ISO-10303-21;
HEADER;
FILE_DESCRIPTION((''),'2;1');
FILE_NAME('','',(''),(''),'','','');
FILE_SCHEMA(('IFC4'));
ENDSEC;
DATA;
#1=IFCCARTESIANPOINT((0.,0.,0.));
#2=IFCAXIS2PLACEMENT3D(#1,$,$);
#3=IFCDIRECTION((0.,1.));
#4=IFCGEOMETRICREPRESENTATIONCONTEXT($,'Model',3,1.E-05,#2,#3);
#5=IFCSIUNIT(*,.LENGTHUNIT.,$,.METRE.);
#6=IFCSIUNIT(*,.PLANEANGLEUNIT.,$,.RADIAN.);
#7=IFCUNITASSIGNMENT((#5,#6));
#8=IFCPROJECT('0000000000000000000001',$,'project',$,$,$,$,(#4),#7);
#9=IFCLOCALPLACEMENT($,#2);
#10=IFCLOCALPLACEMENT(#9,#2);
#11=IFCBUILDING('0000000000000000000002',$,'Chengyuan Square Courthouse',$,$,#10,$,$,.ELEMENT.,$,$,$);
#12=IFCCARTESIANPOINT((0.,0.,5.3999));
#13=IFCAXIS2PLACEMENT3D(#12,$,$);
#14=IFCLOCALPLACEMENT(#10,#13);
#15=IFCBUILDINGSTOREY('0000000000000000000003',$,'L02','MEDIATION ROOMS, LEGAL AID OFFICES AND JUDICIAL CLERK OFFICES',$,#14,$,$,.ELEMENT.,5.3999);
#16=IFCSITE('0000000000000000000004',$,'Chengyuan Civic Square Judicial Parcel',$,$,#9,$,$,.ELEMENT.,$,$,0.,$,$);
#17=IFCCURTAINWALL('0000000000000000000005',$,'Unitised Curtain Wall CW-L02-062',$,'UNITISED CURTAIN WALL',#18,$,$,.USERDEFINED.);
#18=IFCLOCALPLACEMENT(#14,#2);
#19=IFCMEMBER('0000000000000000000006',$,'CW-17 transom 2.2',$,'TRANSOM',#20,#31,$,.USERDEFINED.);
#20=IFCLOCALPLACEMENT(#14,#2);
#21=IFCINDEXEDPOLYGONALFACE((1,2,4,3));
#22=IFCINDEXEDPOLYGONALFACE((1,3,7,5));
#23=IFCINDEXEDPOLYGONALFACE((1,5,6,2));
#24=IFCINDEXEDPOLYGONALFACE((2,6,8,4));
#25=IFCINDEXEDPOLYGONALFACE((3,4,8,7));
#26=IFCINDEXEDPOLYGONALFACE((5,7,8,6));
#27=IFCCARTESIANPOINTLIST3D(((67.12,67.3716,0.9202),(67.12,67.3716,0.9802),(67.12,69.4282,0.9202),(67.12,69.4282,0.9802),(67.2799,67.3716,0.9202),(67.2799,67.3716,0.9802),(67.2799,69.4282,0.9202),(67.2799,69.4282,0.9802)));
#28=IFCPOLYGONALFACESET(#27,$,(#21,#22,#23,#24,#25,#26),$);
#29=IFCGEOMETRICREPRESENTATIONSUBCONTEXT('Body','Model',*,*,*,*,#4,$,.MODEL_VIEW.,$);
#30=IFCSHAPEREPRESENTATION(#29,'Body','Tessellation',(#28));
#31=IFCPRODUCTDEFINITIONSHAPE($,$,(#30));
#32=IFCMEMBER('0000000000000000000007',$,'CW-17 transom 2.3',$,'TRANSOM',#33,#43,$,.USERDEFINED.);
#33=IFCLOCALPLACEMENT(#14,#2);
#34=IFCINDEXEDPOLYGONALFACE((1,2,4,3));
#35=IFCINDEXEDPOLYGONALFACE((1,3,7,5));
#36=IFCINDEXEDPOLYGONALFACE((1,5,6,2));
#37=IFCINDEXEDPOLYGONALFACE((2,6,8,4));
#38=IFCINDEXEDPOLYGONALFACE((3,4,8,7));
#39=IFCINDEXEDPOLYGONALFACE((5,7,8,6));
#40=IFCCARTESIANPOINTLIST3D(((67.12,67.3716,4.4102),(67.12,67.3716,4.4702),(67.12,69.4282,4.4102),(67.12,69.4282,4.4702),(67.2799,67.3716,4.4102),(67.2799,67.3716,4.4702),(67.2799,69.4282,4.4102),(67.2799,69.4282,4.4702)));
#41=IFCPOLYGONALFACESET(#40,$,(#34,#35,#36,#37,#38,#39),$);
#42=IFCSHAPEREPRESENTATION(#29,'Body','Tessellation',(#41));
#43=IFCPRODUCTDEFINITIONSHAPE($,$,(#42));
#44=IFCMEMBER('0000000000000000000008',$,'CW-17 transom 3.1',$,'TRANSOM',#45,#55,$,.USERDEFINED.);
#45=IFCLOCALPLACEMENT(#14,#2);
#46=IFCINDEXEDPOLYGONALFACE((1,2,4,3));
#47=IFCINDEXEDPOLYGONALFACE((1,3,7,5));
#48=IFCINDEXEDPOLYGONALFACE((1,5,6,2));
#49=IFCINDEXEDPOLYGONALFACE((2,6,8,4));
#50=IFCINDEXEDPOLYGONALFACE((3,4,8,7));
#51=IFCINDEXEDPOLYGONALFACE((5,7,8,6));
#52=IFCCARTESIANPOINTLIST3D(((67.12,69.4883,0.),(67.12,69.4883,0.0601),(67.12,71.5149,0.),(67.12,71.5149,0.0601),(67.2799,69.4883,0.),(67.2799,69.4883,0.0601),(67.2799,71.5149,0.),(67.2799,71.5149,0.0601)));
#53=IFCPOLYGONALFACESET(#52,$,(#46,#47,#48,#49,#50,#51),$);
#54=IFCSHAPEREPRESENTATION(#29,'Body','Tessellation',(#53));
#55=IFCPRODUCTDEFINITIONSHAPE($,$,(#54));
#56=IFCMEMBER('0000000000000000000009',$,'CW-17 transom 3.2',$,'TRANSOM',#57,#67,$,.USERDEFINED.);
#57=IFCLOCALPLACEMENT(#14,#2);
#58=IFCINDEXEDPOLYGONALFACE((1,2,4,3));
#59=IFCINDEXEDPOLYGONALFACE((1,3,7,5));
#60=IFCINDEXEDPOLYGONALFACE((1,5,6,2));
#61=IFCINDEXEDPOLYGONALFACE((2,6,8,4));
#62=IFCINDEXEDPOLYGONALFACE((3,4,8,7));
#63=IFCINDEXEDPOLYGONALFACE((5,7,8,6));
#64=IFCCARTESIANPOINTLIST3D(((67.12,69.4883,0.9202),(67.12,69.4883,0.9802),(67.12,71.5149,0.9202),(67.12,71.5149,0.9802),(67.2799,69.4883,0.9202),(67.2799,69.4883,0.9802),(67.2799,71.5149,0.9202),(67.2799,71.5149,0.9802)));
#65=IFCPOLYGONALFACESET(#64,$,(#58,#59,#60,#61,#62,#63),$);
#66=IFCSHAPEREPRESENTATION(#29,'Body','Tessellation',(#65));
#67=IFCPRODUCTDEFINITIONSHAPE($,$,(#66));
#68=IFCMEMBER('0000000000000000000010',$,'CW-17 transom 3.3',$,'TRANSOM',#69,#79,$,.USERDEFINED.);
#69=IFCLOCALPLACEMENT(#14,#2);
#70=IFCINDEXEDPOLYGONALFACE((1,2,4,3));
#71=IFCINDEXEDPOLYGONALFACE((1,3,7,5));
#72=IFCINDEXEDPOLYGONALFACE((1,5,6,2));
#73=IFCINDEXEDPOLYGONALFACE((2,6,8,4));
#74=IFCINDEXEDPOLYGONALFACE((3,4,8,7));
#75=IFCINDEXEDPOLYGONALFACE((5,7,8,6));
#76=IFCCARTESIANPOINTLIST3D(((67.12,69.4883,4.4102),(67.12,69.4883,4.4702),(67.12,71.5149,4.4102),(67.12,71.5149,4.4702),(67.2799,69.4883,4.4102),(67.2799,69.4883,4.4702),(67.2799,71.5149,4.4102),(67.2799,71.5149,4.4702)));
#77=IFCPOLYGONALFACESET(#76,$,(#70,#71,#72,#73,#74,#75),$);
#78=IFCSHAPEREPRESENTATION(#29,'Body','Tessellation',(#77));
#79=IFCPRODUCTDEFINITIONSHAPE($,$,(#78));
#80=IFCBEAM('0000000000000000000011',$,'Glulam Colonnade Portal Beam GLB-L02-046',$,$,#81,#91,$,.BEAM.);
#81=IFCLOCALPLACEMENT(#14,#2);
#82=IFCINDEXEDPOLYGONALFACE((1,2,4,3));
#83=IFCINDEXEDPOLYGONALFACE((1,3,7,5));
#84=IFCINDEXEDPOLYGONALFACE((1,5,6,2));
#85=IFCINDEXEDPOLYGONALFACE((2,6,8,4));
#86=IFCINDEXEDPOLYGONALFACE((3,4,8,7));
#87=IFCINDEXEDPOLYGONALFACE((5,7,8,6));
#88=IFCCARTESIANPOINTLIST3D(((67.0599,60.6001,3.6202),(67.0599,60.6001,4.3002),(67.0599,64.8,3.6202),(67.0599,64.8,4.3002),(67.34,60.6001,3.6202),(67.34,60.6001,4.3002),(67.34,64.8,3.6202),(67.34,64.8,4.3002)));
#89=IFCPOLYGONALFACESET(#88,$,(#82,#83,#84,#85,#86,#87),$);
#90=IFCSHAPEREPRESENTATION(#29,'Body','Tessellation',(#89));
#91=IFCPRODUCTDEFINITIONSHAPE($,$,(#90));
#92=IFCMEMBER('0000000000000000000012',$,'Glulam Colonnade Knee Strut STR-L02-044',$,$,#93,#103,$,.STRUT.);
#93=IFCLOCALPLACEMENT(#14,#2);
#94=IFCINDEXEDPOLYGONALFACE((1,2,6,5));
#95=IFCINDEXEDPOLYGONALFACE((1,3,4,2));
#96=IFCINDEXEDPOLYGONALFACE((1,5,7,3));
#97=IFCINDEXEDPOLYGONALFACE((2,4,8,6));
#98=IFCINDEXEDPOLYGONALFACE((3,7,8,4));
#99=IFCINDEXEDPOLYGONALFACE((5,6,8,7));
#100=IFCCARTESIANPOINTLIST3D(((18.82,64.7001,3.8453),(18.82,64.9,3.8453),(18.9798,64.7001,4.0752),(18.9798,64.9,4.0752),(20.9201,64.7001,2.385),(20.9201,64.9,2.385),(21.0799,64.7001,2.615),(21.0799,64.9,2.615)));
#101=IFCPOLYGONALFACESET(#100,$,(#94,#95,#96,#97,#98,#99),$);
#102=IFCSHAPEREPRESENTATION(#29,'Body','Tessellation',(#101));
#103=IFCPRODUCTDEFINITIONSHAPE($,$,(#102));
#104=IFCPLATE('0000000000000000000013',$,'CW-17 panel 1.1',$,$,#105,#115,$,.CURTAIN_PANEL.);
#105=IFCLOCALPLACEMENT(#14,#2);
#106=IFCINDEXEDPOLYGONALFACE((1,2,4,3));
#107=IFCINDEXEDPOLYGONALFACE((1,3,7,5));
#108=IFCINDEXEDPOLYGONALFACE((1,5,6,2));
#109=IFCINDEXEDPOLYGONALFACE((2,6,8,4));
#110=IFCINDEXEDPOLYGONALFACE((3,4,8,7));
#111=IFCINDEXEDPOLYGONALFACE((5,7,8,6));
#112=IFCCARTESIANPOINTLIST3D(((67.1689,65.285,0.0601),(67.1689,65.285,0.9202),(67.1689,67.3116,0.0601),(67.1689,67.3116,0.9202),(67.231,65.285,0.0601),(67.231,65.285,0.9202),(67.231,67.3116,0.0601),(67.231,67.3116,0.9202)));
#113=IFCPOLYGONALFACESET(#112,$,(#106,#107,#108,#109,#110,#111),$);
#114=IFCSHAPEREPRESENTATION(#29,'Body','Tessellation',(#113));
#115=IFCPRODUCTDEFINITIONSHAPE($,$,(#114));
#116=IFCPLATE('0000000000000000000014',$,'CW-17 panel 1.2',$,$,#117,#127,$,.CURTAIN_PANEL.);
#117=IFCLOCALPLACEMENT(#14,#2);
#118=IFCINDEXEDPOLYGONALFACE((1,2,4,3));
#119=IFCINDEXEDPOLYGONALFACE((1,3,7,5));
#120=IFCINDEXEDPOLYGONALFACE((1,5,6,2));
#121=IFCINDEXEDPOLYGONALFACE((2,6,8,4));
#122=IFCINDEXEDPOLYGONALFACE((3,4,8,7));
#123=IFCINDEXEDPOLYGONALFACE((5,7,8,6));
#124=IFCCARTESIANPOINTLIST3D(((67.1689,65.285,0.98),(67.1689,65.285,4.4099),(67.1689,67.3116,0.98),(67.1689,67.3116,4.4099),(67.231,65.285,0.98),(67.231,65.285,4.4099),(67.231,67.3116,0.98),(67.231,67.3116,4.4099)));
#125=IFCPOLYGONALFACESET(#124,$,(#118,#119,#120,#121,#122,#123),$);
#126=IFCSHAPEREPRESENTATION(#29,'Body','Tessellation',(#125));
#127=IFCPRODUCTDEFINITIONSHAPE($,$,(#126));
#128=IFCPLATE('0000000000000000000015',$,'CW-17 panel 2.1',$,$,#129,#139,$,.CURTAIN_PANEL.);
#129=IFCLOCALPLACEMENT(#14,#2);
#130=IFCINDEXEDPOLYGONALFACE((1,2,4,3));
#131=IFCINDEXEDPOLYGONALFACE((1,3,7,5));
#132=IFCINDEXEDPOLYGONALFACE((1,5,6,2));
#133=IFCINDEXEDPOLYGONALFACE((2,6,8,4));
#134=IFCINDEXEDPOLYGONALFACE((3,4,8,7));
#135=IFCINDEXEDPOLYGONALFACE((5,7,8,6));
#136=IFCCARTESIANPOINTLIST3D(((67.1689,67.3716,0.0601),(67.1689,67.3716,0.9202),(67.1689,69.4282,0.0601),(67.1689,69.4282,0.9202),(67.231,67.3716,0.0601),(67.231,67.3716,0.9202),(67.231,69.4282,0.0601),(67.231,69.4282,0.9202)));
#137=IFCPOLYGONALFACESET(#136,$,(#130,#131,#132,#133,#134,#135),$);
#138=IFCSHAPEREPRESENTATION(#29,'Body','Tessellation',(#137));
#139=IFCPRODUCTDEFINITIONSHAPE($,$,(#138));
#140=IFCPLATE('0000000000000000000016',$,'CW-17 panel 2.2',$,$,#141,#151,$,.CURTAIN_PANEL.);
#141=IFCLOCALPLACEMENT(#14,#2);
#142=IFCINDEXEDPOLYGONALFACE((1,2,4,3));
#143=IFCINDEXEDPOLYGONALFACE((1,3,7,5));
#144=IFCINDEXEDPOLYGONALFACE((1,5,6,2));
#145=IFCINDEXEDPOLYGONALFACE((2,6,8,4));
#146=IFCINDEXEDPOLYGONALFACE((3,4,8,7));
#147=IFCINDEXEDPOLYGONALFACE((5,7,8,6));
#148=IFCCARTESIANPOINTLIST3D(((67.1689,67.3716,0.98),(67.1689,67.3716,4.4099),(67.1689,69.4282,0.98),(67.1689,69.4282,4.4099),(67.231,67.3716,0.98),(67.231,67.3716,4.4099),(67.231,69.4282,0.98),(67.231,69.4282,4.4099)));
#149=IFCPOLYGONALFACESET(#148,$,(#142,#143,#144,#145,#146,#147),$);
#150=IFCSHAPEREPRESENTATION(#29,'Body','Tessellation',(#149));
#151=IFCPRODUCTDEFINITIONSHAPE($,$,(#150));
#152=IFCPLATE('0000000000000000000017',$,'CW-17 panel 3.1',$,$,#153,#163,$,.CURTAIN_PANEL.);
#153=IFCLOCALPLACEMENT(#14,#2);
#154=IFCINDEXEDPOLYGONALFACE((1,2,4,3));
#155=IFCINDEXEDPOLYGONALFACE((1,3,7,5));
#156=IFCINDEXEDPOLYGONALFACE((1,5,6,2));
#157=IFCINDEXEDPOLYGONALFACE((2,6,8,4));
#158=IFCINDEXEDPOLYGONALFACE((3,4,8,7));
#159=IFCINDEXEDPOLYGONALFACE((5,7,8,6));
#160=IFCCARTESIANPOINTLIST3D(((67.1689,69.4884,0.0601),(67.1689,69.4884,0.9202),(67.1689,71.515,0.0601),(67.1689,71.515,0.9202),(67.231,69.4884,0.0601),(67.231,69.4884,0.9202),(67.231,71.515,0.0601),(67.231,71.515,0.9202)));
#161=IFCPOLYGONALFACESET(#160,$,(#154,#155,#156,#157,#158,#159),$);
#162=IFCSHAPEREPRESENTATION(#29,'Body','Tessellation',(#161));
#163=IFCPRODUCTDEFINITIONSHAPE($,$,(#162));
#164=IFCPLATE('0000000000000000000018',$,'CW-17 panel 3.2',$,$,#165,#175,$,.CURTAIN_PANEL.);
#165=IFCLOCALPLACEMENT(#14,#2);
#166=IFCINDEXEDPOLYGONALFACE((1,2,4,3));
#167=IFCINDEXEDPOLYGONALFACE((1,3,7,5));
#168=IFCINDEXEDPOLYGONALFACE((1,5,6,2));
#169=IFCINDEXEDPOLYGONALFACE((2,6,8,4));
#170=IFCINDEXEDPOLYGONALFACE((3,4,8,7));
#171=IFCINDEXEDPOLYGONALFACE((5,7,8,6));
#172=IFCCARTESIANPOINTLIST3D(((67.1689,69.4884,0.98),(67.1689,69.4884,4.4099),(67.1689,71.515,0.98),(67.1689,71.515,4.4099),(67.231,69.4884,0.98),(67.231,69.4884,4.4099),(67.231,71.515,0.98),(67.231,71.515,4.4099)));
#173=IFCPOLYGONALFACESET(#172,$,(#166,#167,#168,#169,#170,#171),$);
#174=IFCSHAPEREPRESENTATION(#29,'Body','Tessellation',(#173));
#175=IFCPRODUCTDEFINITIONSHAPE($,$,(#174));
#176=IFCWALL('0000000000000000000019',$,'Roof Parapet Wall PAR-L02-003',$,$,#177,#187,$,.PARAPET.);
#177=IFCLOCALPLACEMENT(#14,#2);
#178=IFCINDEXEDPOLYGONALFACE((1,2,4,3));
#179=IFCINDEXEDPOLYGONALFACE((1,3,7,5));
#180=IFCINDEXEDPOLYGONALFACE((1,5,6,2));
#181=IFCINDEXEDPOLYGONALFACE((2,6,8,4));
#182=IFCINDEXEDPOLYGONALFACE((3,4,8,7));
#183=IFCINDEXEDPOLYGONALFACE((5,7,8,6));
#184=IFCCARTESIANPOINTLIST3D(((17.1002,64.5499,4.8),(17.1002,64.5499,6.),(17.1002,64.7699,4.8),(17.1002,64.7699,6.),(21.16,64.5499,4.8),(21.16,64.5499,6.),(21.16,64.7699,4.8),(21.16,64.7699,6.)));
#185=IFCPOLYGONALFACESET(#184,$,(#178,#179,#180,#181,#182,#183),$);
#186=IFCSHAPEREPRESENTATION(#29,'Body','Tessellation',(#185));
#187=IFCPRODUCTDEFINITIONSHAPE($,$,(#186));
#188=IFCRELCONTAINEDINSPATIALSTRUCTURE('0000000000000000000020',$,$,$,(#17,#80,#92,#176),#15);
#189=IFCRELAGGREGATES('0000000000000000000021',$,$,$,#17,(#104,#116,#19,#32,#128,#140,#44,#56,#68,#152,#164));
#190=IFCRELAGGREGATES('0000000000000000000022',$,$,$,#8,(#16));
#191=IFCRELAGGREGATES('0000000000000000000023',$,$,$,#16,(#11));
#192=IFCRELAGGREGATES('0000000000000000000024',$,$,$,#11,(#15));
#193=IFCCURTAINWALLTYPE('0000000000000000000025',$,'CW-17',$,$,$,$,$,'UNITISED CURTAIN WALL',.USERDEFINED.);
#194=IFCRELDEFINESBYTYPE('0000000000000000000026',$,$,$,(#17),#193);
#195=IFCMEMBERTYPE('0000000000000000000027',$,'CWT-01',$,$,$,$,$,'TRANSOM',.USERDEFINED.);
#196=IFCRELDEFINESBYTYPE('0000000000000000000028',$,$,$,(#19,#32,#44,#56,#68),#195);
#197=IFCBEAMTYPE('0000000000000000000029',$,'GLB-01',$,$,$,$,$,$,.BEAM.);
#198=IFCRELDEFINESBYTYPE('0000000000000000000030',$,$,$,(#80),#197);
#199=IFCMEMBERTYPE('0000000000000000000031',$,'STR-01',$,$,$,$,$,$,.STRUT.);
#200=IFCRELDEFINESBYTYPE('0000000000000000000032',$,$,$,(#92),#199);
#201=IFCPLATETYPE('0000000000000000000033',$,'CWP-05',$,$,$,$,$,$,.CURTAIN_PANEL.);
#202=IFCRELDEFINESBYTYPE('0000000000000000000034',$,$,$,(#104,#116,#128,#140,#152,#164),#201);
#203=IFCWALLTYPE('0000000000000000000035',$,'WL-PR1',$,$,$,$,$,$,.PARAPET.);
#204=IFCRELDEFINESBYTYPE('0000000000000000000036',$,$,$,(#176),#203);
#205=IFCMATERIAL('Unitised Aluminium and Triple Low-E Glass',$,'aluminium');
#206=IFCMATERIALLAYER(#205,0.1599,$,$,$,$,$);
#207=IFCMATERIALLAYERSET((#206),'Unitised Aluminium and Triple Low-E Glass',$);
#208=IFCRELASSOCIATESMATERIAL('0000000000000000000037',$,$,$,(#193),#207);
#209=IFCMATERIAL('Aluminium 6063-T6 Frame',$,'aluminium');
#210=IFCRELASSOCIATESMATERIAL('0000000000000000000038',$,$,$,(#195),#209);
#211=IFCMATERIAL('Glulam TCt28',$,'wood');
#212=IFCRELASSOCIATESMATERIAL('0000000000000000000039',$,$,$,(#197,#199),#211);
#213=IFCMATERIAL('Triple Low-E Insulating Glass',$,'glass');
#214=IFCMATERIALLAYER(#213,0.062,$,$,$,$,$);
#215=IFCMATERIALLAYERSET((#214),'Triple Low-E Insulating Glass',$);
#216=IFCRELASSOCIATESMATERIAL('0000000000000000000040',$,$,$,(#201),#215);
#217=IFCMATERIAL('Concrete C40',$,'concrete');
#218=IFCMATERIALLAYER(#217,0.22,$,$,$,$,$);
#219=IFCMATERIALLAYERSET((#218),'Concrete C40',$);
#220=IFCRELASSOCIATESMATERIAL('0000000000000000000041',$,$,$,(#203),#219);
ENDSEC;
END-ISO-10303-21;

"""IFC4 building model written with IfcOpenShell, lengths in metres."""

from ifc_helpers import new_model, si_unit, direction, frame, frame_2d, origin, origin_2d, place, context, subcontext, project, spatial, rectangle, extrude, material, layer, layer_set, material_profile, profile_set, type_object, element, aggregate, save


model = new_model("IFC4")

# Units and contexts
model_context = context("Model", 3, precision=1e-05, world=origin(), true_north=direction((0.0, 1.0)))
body_context = subcontext(model_context, "Body", "Model", "MODEL_VIEW")
ifc_project = project(units=[si_unit("LENGTHUNIT", "METRE"), si_unit("PLANEANGLEUNIT", "RADIAN")], contexts=[model_context])

# Site, building, storey
site_placement = place(None, origin())
site = spatial("IfcSite", under=ifc_project, at=site_placement, Name="Chengyuan Civic Square Judicial Parcel", CompositionType="ELEMENT", RefElevation=0.0)
building_placement = place(site_placement, origin())
building = spatial("IfcBuilding", under=site, at=building_placement, Name="Chengyuan Square Courthouse", CompositionType="ELEMENT")
storey_placement = place(building_placement, frame((0.0, 0.0, 5.3999)))
storey = spatial("IfcBuildingStorey", under=building, at=storey_placement, Name="L02", Description="MEDIATION ROOMS, LEGAL AID OFFICES AND JUDICIAL CLERK OFFICES", CompositionType="ELEMENT", Elevation=5.3999)

# Shared definitions
ifc_material_1 = material(Name="Glulam TCt28", Category="wood")

# Shared definitions
ifc_material_2 = material(Name="Concrete C40", Category="concrete")

# Shared definitions
ifc_material_3 = material(Name="Unitised Aluminium and Triple Low-E Glass", Category="aluminium")
ifc_layer_1 = layer(ifc_material_3, 0.1599)
ifc_layer_set_1 = layer_set([ifc_layer_1], Name="Unitised Aluminium and Triple Low-E Glass")
curtain_wall_type = type_object("IfcCurtainWallType", Name="CW-17", ElementType="UNITISED CURTAIN WALL", PredefinedType="USERDEFINED", material=ifc_layer_set_1)
ifc_material_4 = material(Name="Aluminium 6063-T6 Frame", Category="aluminium")

# Curtain wall, members
curtain_wall_1_placement = place(storey_placement, origin())
curtain_wall_1 = element("IfcCurtainWall", 1, at=curtain_wall_1_placement, inside=storey, type_object=curtain_wall_type, Name="Unitised Curtain Wall CW-L02-062", ObjectType="UNITISED CURTAIN WALL", PredefinedType="USERDEFINED")
ifc_material_profile_1 = material_profile(ifc_material_4, rectangle(XDim=0.1599, YDim=0.0601, at=origin_2d()), Name="CW-TRN-60x120")
ifc_profile_set_1 = profile_set([ifc_material_profile_1], Name="Aluminium 6063-T6 Frame")
member_type_1 = type_object("IfcMemberType", Name="CWT-01", ElementType="TRANSOM", PredefinedType="USERDEFINED", material=ifc_profile_set_1)
member_1_placement = place(storey_placement, frame((67.2, 67.3716, 0.9502), z_axis=(0.0, 1.0, 0.0), x_axis=(-1.0, 0.0, 0.0)))
member_1 = element("IfcMember", 2, at=member_1_placement, type_object=member_type_1, Name="CW-17 transom 2.2", ObjectType="TRANSOM", PredefinedType="USERDEFINED", context=body_context, shape_type="SweptSolid", body=[
    extrude(rectangle(XDim=0.1599, YDim=0.0601, at=origin_2d()), origin(), (0.0, 0.0, 1.0), 2.0566),
])
member_2_placement = place(storey_placement, frame((67.2, 67.3716, 4.4402), z_axis=(0.0, 1.0, 0.0), x_axis=(-1.0, 0.0, 0.0)))
member_2 = element("IfcMember", 3, at=member_2_placement, type_object=member_type_1, Name="CW-17 transom 2.3", ObjectType="TRANSOM", PredefinedType="USERDEFINED", context=body_context, shape_type="SweptSolid", body=[
    extrude(rectangle(XDim=0.1599, YDim=0.0601, at=origin_2d()), origin(), (0.0, 0.0, 1.0), 2.0566),
])
member_3_placement = place(storey_placement, frame((67.2, 69.4883, 0.03), z_axis=(0.0, 1.0, 0.0), x_axis=(-1.0, 0.0, 0.0)))
member_3 = element("IfcMember", 4, at=member_3_placement, type_object=member_type_1, Name="CW-17 transom 3.1", ObjectType="TRANSOM", PredefinedType="USERDEFINED", context=body_context, shape_type="SweptSolid", body=[
    extrude(rectangle(XDim=0.1599, YDim=0.0601, at=origin_2d()), origin(), (0.0, 0.0, 1.0), 2.0266),
])
member_4_placement = place(storey_placement, frame((67.2, 69.4883, 0.9502), z_axis=(0.0, 1.0, 0.0), x_axis=(-1.0, 0.0, 0.0)))
member_4 = element("IfcMember", 5, at=member_4_placement, type_object=member_type_1, Name="CW-17 transom 3.2", ObjectType="TRANSOM", PredefinedType="USERDEFINED", context=body_context, shape_type="SweptSolid", body=[
    extrude(rectangle(XDim=0.1599, YDim=0.0601, at=origin_2d()), origin(), (0.0, 0.0, 1.0), 2.0266),
])
member_5_placement = place(storey_placement, frame((67.2, 69.4883, 4.4402), z_axis=(0.0, 1.0, 0.0), x_axis=(-1.0, 0.0, 0.0)))
member_5 = element("IfcMember", 6, at=member_5_placement, type_object=member_type_1, Name="CW-17 transom 3.3", ObjectType="TRANSOM", PredefinedType="USERDEFINED", context=body_context, shape_type="SweptSolid", body=[
    extrude(rectangle(XDim=0.1599, YDim=0.0601, at=origin_2d()), origin(), (0.0, 0.0, 1.0), 2.0266),
])

# Beam
ifc_material_profile_2 = material_profile(ifc_material_1, rectangle(XDim=0.28, YDim=0.6799, at=origin_2d()), Name="GL-BM-280x680")
ifc_profile_set_2 = profile_set([ifc_material_profile_2], Name="Glulam TCt28")
beam_type_1 = type_object("IfcBeamType", Name="GLB-01", PredefinedType="BEAM", material=ifc_profile_set_2)
beam_1_placement = place(storey_placement, frame((67.2, 64.8, 3.9602), z_axis=(0.0, -1.0, 0.0), x_axis=(1.0, 0.0, 0.0)))
element("IfcBeam", 7, at=beam_1_placement, inside=storey, type_object=beam_type_1, Name="Glulam Colonnade Portal Beam GLB-L02-046", PredefinedType="BEAM", context=body_context, shape_type="SweptSolid", body=[
    extrude(rectangle(XDim=0.28, YDim=0.6799, at=origin_2d()), origin(), (0.0, 0.0, 1.0), 4.2),
])

# Member
ifc_material_profile_3 = material_profile(ifc_material_1, rectangle(XDim=0.2, YDim=0.28, at=origin_2d()), Name="GL-STR-200x280")
ifc_profile_set_3 = profile_set([ifc_material_profile_3], Name="Glulam TCt28")
member_type_2 = type_object("IfcMemberType", Name="STR-01", PredefinedType="STRUT", material=ifc_profile_set_3)
member_6_placement = place(storey_placement, frame((21.0, 64.8, 2.5), z_axis=(-0.821039, 0.0, 0.570872), x_axis=(0.0, -1.0, 0.0)))
element("IfcMember", 8, at=member_6_placement, inside=storey, type_object=member_type_2, Name="Glulam Colonnade Knee Strut STR-L02-044", PredefinedType="STRUT", context=body_context, shape_type="SweptSolid", body=[
    extrude(rectangle(XDim=0.2, YDim=0.28, at=origin_2d()), origin(), (0.0, 0.0, 1.0), 2.5579),
])

# Plates
ifc_material_5 = material(Name="Triple Low-E Insulating Glass", Category="glass")
ifc_layer_2 = layer(ifc_material_5, 0.062)
ifc_layer_set_2 = layer_set([ifc_layer_2], Name="Triple Low-E Insulating Glass")
plate_type = type_object("IfcPlateType", Name="CWP-05", PredefinedType="CURTAIN_PANEL", material=ifc_layer_set_2)
plate_1_placement = place(storey_placement, frame((67.2, 66.2983, 0.0601), z_axis=(0.0, 0.0, 1.0), x_axis=(0.0, 1.0, 0.0)))
plate_1 = element("IfcPlate", 9, at=plate_1_placement, type_object=plate_type, Name="CW-17 panel 1.1", PredefinedType="CURTAIN_PANEL", context=body_context, shape_type="SweptSolid", body=[
    extrude(rectangle(XDim=2.0266, YDim=0.062, at=origin_2d()), origin(), (0.0, 0.0, 1.0), 0.8601),
])
plate_2_placement = place(storey_placement, frame((67.2, 66.2983, 0.98), z_axis=(0.0, 0.0, 1.0), x_axis=(0.0, 1.0, 0.0)))
plate_2 = element("IfcPlate", 10, at=plate_2_placement, type_object=plate_type, Name="CW-17 panel 1.2", PredefinedType="CURTAIN_PANEL", context=body_context, shape_type="SweptSolid", body=[
    extrude(rectangle(XDim=2.0266, YDim=0.062, at=origin_2d()), origin(), (0.0, 0.0, 1.0), 3.4299),
])
plate_3_placement = place(storey_placement, frame((67.2, 68.3999, 0.0601), z_axis=(0.0, 0.0, 1.0), x_axis=(0.0, 1.0, 0.0)))
plate_3 = element("IfcPlate", 11, at=plate_3_placement, type_object=plate_type, Name="CW-17 panel 2.1", PredefinedType="CURTAIN_PANEL", context=body_context, shape_type="SweptSolid", body=[
    extrude(rectangle(XDim=2.0566, YDim=0.062, at=origin_2d()), origin(), (0.0, 0.0, 1.0), 0.8601),
])
plate_4_placement = place(storey_placement, frame((67.2, 68.3999, 0.98), z_axis=(0.0, 0.0, 1.0), x_axis=(0.0, 1.0, 0.0)))
plate_4 = element("IfcPlate", 12, at=plate_4_placement, type_object=plate_type, Name="CW-17 panel 2.2", PredefinedType="CURTAIN_PANEL", context=body_context, shape_type="SweptSolid", body=[
    extrude(rectangle(XDim=2.0566, YDim=0.062, at=origin_2d()), origin(), (0.0, 0.0, 1.0), 3.4299),
])
plate_5_placement = place(storey_placement, frame((67.2, 70.5017, 0.0601), z_axis=(0.0, 0.0, 1.0), x_axis=(0.0, 1.0, 0.0)))
plate_5 = element("IfcPlate", 13, at=plate_5_placement, type_object=plate_type, Name="CW-17 panel 3.1", PredefinedType="CURTAIN_PANEL", context=body_context, shape_type="SweptSolid", body=[
    extrude(rectangle(XDim=2.0266, YDim=0.062, at=origin_2d()), origin(), (0.0, 0.0, 1.0), 0.8601),
])
plate_6_placement = place(storey_placement, frame((67.2, 70.5017, 0.98), z_axis=(0.0, 0.0, 1.0), x_axis=(0.0, 1.0, 0.0)))
plate_6 = element("IfcPlate", 14, at=plate_6_placement, type_object=plate_type, Name="CW-17 panel 3.2", PredefinedType="CURTAIN_PANEL", context=body_context, shape_type="SweptSolid", body=[
    extrude(rectangle(XDim=2.0266, YDim=0.062, at=origin_2d()), origin(), (0.0, 0.0, 1.0), 3.4299),
])
aggregate(curtain_wall_1, [plate_1, plate_2, member_1, member_2, plate_3, plate_4, member_3, member_4, member_5, plate_5, plate_6])

# Wall
ifc_layer_3 = layer(ifc_material_2, 0.22)
ifc_layer_set_3 = layer_set([ifc_layer_3], Name="Concrete C40")
wall_type = type_object("IfcWallType", Name="WL-PR1", PredefinedType="PARAPET", material=ifc_layer_set_3)
wall_placement = place(storey_placement, frame((21.1599, 64.6599, 4.8), z_axis=(0.0, 0.0, 1.0), x_axis=(-1.0, 0.0, 0.0)))
element("IfcWall", 15, at=wall_placement, inside=storey, type_object=wall_type, Name="Roof Parapet Wall PAR-L02-003", PredefinedType="PARAPET", context=body_context, shape_type="SweptSolid", body=[
    extrude(rectangle(XDim=4.0598, YDim=0.22, at=frame_2d((2.0298, 0.0))), origin(), (0.0, 0.0, 1.0), 1.2),
])

save(model, "model.ifc")
